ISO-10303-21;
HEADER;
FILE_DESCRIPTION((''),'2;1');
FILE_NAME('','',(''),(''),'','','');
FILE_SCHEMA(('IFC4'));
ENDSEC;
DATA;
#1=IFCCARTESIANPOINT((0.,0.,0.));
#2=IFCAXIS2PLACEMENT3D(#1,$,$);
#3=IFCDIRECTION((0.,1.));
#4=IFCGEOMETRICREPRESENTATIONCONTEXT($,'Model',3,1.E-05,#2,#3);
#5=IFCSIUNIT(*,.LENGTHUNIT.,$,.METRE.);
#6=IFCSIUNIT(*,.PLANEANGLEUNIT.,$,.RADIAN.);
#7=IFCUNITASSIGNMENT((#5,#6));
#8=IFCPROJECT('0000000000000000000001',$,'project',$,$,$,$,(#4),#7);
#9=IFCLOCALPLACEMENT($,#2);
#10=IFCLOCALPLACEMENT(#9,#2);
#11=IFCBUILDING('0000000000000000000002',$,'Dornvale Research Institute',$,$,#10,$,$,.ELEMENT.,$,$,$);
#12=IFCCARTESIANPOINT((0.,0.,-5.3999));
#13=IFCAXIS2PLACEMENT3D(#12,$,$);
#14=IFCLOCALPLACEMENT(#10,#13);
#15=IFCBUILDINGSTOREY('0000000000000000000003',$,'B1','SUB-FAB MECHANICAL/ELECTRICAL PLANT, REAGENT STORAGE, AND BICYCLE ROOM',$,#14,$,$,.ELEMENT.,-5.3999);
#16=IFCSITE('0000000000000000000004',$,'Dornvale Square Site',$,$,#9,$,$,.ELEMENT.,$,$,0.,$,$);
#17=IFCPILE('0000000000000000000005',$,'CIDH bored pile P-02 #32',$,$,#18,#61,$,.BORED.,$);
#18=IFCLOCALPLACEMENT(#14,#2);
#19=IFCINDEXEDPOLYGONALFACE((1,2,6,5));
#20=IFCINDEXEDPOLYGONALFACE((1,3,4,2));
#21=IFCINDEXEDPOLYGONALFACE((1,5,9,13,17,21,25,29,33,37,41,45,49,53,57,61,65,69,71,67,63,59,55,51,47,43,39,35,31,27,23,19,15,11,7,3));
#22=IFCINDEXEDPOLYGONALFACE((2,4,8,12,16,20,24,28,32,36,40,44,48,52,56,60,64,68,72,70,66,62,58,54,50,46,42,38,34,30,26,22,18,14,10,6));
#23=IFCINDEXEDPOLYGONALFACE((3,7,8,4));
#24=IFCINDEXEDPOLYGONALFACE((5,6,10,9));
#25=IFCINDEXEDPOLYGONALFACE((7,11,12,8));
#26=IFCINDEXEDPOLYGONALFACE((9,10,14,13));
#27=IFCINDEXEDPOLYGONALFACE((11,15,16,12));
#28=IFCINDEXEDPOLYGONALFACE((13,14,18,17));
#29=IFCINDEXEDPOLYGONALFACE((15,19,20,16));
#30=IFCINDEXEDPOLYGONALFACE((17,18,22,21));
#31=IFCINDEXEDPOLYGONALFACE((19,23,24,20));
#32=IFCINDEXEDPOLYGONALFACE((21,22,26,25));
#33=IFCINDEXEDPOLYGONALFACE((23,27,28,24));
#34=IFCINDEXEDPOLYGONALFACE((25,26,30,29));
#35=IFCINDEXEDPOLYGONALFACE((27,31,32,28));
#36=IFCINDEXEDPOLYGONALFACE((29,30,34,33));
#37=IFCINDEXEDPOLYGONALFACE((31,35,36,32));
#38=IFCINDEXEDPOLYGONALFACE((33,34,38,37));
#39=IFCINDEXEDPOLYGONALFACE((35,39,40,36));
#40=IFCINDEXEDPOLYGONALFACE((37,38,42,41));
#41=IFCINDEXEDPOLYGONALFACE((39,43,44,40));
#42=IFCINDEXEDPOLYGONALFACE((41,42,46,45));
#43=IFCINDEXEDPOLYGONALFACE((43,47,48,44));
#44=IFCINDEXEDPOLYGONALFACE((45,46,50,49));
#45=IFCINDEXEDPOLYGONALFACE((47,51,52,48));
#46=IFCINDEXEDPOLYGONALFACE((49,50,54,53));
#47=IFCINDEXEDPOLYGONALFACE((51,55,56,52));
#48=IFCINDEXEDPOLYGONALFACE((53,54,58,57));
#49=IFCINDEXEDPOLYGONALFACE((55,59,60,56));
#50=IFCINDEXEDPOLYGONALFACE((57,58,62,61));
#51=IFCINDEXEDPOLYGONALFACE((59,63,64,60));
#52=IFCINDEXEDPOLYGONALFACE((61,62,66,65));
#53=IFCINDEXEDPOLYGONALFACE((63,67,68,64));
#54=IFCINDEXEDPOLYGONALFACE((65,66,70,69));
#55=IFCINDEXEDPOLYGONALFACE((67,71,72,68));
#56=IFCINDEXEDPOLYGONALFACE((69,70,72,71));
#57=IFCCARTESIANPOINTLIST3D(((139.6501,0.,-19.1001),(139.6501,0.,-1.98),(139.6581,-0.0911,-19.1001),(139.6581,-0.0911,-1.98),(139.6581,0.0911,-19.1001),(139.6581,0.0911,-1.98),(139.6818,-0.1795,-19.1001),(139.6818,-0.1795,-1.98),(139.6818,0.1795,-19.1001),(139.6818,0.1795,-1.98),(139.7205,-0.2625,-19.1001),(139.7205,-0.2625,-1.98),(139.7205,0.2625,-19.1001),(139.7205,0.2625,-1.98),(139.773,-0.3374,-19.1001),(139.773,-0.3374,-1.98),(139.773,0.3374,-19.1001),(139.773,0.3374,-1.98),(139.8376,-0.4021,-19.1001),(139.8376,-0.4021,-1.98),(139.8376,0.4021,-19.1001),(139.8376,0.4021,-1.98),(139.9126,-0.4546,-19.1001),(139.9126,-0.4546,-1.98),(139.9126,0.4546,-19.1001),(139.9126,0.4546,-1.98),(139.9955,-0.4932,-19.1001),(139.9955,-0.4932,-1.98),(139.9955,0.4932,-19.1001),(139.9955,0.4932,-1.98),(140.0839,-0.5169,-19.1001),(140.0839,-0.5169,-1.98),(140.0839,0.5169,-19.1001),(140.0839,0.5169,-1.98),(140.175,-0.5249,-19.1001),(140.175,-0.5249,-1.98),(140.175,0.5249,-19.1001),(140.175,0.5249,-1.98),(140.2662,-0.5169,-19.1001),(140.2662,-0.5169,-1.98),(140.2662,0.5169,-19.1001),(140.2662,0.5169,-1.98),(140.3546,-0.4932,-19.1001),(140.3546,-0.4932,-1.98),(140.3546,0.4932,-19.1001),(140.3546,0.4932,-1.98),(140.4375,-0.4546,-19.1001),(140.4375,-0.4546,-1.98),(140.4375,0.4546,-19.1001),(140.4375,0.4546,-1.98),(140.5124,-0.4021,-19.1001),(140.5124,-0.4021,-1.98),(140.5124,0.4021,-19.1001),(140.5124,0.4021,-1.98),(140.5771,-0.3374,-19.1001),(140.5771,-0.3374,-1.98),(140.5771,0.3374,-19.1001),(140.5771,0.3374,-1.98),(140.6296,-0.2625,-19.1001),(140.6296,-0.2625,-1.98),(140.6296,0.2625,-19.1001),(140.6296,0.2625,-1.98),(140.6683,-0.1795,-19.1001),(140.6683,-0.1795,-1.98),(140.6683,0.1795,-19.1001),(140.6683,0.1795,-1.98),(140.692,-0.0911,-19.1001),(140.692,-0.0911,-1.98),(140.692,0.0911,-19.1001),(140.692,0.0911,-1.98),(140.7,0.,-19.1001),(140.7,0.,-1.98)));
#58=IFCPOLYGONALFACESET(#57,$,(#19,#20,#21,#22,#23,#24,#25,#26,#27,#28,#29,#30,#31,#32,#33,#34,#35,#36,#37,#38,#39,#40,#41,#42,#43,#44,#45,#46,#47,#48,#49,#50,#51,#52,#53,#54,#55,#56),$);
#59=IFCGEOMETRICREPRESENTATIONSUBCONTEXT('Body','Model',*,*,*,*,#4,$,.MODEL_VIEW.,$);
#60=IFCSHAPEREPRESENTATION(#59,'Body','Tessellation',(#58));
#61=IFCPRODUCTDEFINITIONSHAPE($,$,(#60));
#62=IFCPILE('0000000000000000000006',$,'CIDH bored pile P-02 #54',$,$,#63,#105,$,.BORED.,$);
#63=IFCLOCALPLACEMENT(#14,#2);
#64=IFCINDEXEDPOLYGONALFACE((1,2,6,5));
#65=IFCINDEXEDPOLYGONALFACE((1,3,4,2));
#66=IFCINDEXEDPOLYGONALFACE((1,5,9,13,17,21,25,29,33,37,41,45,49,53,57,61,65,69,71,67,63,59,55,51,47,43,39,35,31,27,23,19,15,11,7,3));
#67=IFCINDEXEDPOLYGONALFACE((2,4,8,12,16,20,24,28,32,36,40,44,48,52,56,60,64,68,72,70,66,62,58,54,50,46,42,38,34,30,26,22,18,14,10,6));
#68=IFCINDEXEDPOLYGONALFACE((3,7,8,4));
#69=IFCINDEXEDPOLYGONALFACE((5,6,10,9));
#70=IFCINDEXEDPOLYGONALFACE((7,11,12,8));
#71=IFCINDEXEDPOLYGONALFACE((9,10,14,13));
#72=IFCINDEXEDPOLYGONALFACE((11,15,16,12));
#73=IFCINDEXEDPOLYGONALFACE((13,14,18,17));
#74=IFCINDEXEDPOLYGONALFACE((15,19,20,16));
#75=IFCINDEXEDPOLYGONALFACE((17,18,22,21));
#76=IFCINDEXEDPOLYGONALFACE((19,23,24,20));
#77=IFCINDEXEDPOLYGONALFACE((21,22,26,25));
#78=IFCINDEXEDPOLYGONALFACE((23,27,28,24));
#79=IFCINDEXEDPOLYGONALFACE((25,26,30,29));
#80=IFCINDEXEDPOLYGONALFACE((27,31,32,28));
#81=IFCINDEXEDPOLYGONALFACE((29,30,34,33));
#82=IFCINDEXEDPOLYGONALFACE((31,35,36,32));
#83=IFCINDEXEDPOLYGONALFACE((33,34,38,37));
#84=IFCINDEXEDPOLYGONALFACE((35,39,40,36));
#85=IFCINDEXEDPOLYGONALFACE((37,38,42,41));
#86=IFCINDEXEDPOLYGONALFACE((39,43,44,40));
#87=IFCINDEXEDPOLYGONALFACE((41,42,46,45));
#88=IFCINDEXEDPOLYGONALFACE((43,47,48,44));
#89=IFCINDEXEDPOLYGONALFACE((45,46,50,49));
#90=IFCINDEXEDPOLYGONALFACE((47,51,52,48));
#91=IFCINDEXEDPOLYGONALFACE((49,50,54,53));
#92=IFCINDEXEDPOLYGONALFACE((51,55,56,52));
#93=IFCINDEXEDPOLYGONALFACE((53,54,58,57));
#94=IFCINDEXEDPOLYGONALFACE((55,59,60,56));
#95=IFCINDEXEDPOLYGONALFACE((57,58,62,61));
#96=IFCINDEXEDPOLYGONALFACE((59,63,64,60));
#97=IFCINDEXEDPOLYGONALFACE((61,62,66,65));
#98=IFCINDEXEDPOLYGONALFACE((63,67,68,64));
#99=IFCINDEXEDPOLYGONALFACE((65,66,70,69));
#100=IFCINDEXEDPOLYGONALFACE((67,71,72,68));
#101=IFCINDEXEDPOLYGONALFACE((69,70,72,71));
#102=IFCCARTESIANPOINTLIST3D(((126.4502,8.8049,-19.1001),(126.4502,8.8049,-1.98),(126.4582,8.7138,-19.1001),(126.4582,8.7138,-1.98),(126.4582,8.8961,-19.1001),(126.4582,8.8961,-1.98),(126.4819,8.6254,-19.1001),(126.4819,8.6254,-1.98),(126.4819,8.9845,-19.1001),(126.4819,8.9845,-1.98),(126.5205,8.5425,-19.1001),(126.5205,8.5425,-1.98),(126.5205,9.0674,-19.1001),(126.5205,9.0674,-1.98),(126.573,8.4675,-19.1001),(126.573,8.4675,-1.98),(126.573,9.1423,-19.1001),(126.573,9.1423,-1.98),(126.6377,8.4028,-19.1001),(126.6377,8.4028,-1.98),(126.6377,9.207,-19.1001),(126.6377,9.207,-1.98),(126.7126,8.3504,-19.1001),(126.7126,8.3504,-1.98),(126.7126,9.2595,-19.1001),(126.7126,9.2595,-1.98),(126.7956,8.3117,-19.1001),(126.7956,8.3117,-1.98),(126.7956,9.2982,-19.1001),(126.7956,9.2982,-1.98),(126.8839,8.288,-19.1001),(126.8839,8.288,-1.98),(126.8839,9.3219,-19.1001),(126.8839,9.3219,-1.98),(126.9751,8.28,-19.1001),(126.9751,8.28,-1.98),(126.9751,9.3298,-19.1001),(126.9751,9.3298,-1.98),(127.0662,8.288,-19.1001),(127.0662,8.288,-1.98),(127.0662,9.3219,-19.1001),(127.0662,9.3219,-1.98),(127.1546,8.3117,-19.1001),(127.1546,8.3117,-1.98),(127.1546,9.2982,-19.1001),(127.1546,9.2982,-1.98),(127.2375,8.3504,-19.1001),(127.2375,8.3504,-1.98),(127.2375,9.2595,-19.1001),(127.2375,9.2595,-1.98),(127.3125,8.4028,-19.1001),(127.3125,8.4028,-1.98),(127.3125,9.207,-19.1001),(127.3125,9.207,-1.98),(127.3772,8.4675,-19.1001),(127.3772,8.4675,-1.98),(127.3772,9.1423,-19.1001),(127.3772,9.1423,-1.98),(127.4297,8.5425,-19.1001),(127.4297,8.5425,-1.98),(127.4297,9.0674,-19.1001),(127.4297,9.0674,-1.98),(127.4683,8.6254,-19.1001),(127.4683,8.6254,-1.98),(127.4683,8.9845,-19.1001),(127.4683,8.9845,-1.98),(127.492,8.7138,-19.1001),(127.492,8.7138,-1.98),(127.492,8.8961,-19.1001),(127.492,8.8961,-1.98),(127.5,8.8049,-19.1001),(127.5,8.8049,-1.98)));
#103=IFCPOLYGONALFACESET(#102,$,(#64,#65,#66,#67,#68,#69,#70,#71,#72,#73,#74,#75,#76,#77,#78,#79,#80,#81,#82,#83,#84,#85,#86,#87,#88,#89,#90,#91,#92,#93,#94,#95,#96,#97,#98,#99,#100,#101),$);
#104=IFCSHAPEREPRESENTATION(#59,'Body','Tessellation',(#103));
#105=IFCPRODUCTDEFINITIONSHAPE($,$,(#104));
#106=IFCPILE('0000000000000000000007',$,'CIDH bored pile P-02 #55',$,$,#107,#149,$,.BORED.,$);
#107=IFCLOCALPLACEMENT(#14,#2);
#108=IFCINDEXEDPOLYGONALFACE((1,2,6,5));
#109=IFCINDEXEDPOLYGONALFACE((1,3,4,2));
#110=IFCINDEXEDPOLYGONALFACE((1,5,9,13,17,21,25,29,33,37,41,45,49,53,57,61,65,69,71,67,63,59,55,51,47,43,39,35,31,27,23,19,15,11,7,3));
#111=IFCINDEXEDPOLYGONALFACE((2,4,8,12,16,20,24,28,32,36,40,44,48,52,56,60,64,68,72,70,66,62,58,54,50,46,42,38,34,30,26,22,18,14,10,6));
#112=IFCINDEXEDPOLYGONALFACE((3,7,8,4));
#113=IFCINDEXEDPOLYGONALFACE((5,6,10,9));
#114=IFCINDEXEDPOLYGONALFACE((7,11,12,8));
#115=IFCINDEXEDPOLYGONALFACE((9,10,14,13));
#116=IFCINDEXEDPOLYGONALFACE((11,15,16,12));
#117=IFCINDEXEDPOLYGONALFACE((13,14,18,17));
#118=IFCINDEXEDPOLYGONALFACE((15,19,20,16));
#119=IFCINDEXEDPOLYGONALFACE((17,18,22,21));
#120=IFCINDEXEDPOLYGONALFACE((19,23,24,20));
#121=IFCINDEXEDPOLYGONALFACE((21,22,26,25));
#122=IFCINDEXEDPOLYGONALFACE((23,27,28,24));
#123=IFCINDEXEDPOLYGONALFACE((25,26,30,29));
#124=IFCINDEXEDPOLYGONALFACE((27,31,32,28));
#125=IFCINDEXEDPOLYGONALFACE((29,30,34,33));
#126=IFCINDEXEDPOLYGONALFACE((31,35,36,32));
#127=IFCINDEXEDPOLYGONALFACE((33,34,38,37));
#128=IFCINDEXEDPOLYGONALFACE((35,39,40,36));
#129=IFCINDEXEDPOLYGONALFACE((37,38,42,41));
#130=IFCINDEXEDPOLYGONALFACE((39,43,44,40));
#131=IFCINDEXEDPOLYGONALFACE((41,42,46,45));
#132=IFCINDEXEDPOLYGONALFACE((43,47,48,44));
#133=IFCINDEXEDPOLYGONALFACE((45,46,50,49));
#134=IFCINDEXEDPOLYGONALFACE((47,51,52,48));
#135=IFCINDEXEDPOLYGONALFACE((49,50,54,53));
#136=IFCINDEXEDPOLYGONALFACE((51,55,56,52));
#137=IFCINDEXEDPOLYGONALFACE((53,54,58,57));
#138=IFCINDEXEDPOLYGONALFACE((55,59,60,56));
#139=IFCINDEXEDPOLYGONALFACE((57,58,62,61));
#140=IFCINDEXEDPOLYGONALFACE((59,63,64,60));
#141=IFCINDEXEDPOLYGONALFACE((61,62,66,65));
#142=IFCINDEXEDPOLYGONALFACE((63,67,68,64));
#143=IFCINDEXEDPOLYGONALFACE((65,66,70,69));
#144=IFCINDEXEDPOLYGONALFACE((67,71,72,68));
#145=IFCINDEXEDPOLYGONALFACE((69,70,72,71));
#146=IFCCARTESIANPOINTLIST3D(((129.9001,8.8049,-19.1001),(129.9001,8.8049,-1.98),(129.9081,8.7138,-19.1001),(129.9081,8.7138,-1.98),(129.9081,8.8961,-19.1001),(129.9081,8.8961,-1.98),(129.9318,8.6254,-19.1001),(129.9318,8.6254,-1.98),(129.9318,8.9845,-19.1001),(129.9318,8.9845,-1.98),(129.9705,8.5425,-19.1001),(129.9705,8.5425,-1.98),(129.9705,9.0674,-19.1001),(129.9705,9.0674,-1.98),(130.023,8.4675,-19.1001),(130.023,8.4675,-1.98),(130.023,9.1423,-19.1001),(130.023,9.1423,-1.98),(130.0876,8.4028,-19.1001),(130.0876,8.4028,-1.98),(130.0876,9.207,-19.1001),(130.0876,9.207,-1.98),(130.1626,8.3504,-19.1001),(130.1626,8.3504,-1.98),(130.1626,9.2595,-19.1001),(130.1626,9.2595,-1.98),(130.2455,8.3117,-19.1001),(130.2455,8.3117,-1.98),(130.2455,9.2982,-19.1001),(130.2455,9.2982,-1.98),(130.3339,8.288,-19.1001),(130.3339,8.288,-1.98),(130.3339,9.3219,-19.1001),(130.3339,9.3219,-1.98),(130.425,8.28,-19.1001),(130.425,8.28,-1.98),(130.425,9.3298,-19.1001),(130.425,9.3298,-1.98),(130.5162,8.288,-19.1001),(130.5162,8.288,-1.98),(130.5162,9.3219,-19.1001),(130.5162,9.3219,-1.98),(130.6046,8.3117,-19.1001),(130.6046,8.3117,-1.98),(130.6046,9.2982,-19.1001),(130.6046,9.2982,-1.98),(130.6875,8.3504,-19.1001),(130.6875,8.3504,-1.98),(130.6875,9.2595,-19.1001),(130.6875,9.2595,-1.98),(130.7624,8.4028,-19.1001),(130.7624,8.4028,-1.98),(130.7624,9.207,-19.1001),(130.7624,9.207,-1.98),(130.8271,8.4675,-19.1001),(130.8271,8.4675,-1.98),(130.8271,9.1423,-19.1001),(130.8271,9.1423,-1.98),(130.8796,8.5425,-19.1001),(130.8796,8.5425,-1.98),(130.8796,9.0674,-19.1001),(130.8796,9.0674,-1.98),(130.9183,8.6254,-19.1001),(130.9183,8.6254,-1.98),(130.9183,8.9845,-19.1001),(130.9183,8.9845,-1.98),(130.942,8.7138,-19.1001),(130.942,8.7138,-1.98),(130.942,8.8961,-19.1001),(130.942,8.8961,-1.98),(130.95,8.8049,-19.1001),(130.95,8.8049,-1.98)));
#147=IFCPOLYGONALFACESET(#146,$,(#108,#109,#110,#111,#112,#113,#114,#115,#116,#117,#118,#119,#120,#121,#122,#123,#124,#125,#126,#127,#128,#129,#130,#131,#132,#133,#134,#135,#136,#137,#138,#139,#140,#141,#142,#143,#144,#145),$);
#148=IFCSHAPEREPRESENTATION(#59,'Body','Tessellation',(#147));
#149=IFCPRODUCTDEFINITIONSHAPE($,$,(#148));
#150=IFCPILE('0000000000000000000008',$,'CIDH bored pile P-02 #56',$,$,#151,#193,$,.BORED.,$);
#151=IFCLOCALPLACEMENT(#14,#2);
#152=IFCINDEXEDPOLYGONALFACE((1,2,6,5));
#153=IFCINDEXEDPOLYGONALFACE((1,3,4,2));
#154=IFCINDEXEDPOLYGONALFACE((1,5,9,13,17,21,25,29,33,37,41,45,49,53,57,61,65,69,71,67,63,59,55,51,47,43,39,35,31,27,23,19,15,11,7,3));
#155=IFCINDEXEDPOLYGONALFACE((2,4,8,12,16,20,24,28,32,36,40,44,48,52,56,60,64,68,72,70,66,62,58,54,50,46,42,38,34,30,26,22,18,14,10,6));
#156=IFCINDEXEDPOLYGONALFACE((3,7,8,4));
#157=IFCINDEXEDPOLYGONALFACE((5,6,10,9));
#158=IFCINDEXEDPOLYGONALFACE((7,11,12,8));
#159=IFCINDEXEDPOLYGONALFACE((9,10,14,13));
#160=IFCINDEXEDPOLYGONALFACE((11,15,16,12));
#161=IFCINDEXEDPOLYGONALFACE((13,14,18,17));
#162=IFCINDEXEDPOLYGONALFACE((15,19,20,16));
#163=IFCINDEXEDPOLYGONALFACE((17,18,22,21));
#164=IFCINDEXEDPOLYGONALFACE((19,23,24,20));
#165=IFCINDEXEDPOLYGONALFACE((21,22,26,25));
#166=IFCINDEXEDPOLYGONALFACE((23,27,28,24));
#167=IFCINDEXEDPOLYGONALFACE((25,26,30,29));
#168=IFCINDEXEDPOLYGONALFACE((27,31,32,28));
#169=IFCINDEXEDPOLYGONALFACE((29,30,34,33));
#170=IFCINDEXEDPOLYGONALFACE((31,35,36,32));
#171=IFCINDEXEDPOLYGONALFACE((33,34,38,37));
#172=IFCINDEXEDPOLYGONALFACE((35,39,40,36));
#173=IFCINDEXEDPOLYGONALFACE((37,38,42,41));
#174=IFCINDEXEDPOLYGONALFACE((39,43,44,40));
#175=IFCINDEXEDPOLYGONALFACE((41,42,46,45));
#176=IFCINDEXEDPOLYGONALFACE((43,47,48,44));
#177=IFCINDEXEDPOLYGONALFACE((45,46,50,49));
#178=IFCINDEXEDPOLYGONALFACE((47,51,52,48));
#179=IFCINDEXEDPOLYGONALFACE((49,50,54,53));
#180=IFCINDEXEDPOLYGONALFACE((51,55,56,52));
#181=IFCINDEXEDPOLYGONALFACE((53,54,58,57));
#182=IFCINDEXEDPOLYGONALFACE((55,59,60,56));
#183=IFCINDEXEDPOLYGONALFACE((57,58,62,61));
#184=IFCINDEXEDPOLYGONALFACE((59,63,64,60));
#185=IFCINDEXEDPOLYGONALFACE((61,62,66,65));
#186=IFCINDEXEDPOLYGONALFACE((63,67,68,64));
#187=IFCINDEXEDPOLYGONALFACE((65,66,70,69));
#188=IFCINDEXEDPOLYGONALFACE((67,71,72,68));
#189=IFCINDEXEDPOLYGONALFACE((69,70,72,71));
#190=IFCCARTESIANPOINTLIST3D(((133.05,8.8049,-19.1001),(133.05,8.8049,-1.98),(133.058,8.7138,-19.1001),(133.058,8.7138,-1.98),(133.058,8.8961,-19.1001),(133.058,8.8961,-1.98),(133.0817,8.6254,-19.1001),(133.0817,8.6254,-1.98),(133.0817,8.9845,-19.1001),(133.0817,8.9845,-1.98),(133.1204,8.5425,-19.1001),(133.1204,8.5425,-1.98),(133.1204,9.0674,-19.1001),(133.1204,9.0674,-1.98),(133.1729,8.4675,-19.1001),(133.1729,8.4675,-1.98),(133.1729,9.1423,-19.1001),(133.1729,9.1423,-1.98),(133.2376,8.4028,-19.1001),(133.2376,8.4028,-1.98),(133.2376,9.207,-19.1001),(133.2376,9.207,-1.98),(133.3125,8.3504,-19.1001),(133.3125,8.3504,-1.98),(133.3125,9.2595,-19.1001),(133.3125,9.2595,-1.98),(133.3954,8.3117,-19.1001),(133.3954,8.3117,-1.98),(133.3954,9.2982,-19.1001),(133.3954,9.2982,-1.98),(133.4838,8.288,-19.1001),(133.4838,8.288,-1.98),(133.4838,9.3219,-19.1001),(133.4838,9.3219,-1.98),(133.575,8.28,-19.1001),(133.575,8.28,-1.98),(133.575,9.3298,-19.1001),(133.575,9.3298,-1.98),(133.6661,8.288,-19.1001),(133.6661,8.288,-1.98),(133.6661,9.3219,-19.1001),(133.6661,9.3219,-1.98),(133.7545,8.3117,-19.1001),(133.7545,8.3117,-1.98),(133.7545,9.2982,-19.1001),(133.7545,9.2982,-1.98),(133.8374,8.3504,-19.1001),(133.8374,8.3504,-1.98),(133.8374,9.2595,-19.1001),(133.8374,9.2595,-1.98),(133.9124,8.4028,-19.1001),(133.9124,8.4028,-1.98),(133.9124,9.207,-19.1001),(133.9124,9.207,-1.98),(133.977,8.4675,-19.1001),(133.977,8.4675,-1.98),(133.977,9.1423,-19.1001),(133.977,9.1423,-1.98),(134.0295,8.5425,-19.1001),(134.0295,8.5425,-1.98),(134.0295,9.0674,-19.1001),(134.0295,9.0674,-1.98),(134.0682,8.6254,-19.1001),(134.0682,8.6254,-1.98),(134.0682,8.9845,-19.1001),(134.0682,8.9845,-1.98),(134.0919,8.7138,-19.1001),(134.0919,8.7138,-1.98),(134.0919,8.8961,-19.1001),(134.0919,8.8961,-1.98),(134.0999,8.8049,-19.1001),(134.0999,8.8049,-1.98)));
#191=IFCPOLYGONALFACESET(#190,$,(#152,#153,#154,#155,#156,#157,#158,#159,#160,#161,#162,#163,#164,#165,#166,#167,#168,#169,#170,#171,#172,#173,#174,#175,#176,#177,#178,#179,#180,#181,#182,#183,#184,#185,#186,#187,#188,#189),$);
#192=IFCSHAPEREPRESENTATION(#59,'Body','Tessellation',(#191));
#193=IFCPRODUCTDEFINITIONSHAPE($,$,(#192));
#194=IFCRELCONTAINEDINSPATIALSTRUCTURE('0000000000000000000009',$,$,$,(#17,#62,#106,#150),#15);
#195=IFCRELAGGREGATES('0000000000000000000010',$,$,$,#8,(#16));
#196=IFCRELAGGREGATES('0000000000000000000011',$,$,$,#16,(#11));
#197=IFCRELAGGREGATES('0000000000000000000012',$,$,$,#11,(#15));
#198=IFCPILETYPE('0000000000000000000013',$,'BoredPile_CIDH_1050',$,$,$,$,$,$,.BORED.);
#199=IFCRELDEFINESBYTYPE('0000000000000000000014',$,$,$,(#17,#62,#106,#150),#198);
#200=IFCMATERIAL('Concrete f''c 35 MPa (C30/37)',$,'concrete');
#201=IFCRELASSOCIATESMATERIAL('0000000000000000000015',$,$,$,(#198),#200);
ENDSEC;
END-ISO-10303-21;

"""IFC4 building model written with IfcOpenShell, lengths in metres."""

from ifc_helpers import new_model, si_unit, direction, frame, origin, origin_2d, place, context, subcontext, project, spatial, circle, extrude, material, material_profile, profile_set, type_object, element, save


model = new_model("IFC4")

# Units and contexts
model_context = context("Model", 3, precision=1e-05, world=origin(), true_north=direction((0.0, 1.0)))
body_context = subcontext(model_context, "Body", "Model", "MODEL_VIEW")
ifc_project = project(units=[si_unit("LENGTHUNIT", "METRE"), si_unit("PLANEANGLEUNIT", "RADIAN")], contexts=[model_context])

# Site, building, storey
site_placement = place(None, origin())
site = spatial("IfcSite", under=ifc_project, at=site_placement, Name="Dornvale Square Site", CompositionType="ELEMENT", RefElevation=0.0)
building_placement = place(site_placement, origin())
building = spatial("IfcBuilding", under=site, at=building_placement, Name="Dornvale Research Institute", CompositionType="ELEMENT")
storey_placement = place(building_placement, frame((0.0, 0.0, -5.3999)))
storey = spatial("IfcBuildingStorey", under=building, at=storey_placement, Name="B1", Description="SUB-FAB MECHANICAL/ELECTRICAL PLANT, REAGENT STORAGE, AND BICYCLE ROOM", CompositionType="ELEMENT", Elevation=-5.3999)

# Piles
ifc_material_1 = material(Name="Concrete f'c 35 MPa (C30/37)", Category="concrete")
ifc_material_profile_1 = material_profile(ifc_material_1, circle(Radius=0.5249, at=origin_2d()), Name="CIDH PILE D1050")
ifc_profile_set_1 = profile_set([ifc_material_profile_1], Name="Concrete f'c 35 MPa (C30/37)")
pile_type = type_object("IfcPileType", Name="BoredPile_CIDH_1050", PredefinedType="BORED", material=ifc_profile_set_1)
for number, where, z_axis, x_axis, name in (
    (1, (140.175, 0.0, -1.98), (0.0, 0.0, -1.0), (1.0, 0.0, 0.0), "CIDH bored pile P-02 #32"),
    (2, (126.9751, 8.8049, -1.98), (0.0, 0.0, -1.0), (1.0, 0.0, 0.0), "CIDH bored pile P-02 #54"),
    (3, (130.425, 8.8049, -1.98), (0.0, 0.0, -1.0), (1.0, 0.0, 0.0), "CIDH bored pile P-02 #55"),
    (4, (133.575, 8.8049, -1.98), (0.0, 0.0, -1.0), (1.0, 0.0, 0.0), "CIDH bored pile P-02 #56"),
):
    element("IfcPile", number, at=place(storey_placement, frame(where, z_axis=z_axis, x_axis=x_axis)), inside=storey, type_object=pile_type, Name=name, PredefinedType="BORED", context=body_context, shape_type="SweptSolid", body=[
        extrude(circle(Radius=0.5249, at=origin_2d()), origin(), (0.0, 0.0, 1.0), 17.1201),
    ])

save(model, "model.ifc")
